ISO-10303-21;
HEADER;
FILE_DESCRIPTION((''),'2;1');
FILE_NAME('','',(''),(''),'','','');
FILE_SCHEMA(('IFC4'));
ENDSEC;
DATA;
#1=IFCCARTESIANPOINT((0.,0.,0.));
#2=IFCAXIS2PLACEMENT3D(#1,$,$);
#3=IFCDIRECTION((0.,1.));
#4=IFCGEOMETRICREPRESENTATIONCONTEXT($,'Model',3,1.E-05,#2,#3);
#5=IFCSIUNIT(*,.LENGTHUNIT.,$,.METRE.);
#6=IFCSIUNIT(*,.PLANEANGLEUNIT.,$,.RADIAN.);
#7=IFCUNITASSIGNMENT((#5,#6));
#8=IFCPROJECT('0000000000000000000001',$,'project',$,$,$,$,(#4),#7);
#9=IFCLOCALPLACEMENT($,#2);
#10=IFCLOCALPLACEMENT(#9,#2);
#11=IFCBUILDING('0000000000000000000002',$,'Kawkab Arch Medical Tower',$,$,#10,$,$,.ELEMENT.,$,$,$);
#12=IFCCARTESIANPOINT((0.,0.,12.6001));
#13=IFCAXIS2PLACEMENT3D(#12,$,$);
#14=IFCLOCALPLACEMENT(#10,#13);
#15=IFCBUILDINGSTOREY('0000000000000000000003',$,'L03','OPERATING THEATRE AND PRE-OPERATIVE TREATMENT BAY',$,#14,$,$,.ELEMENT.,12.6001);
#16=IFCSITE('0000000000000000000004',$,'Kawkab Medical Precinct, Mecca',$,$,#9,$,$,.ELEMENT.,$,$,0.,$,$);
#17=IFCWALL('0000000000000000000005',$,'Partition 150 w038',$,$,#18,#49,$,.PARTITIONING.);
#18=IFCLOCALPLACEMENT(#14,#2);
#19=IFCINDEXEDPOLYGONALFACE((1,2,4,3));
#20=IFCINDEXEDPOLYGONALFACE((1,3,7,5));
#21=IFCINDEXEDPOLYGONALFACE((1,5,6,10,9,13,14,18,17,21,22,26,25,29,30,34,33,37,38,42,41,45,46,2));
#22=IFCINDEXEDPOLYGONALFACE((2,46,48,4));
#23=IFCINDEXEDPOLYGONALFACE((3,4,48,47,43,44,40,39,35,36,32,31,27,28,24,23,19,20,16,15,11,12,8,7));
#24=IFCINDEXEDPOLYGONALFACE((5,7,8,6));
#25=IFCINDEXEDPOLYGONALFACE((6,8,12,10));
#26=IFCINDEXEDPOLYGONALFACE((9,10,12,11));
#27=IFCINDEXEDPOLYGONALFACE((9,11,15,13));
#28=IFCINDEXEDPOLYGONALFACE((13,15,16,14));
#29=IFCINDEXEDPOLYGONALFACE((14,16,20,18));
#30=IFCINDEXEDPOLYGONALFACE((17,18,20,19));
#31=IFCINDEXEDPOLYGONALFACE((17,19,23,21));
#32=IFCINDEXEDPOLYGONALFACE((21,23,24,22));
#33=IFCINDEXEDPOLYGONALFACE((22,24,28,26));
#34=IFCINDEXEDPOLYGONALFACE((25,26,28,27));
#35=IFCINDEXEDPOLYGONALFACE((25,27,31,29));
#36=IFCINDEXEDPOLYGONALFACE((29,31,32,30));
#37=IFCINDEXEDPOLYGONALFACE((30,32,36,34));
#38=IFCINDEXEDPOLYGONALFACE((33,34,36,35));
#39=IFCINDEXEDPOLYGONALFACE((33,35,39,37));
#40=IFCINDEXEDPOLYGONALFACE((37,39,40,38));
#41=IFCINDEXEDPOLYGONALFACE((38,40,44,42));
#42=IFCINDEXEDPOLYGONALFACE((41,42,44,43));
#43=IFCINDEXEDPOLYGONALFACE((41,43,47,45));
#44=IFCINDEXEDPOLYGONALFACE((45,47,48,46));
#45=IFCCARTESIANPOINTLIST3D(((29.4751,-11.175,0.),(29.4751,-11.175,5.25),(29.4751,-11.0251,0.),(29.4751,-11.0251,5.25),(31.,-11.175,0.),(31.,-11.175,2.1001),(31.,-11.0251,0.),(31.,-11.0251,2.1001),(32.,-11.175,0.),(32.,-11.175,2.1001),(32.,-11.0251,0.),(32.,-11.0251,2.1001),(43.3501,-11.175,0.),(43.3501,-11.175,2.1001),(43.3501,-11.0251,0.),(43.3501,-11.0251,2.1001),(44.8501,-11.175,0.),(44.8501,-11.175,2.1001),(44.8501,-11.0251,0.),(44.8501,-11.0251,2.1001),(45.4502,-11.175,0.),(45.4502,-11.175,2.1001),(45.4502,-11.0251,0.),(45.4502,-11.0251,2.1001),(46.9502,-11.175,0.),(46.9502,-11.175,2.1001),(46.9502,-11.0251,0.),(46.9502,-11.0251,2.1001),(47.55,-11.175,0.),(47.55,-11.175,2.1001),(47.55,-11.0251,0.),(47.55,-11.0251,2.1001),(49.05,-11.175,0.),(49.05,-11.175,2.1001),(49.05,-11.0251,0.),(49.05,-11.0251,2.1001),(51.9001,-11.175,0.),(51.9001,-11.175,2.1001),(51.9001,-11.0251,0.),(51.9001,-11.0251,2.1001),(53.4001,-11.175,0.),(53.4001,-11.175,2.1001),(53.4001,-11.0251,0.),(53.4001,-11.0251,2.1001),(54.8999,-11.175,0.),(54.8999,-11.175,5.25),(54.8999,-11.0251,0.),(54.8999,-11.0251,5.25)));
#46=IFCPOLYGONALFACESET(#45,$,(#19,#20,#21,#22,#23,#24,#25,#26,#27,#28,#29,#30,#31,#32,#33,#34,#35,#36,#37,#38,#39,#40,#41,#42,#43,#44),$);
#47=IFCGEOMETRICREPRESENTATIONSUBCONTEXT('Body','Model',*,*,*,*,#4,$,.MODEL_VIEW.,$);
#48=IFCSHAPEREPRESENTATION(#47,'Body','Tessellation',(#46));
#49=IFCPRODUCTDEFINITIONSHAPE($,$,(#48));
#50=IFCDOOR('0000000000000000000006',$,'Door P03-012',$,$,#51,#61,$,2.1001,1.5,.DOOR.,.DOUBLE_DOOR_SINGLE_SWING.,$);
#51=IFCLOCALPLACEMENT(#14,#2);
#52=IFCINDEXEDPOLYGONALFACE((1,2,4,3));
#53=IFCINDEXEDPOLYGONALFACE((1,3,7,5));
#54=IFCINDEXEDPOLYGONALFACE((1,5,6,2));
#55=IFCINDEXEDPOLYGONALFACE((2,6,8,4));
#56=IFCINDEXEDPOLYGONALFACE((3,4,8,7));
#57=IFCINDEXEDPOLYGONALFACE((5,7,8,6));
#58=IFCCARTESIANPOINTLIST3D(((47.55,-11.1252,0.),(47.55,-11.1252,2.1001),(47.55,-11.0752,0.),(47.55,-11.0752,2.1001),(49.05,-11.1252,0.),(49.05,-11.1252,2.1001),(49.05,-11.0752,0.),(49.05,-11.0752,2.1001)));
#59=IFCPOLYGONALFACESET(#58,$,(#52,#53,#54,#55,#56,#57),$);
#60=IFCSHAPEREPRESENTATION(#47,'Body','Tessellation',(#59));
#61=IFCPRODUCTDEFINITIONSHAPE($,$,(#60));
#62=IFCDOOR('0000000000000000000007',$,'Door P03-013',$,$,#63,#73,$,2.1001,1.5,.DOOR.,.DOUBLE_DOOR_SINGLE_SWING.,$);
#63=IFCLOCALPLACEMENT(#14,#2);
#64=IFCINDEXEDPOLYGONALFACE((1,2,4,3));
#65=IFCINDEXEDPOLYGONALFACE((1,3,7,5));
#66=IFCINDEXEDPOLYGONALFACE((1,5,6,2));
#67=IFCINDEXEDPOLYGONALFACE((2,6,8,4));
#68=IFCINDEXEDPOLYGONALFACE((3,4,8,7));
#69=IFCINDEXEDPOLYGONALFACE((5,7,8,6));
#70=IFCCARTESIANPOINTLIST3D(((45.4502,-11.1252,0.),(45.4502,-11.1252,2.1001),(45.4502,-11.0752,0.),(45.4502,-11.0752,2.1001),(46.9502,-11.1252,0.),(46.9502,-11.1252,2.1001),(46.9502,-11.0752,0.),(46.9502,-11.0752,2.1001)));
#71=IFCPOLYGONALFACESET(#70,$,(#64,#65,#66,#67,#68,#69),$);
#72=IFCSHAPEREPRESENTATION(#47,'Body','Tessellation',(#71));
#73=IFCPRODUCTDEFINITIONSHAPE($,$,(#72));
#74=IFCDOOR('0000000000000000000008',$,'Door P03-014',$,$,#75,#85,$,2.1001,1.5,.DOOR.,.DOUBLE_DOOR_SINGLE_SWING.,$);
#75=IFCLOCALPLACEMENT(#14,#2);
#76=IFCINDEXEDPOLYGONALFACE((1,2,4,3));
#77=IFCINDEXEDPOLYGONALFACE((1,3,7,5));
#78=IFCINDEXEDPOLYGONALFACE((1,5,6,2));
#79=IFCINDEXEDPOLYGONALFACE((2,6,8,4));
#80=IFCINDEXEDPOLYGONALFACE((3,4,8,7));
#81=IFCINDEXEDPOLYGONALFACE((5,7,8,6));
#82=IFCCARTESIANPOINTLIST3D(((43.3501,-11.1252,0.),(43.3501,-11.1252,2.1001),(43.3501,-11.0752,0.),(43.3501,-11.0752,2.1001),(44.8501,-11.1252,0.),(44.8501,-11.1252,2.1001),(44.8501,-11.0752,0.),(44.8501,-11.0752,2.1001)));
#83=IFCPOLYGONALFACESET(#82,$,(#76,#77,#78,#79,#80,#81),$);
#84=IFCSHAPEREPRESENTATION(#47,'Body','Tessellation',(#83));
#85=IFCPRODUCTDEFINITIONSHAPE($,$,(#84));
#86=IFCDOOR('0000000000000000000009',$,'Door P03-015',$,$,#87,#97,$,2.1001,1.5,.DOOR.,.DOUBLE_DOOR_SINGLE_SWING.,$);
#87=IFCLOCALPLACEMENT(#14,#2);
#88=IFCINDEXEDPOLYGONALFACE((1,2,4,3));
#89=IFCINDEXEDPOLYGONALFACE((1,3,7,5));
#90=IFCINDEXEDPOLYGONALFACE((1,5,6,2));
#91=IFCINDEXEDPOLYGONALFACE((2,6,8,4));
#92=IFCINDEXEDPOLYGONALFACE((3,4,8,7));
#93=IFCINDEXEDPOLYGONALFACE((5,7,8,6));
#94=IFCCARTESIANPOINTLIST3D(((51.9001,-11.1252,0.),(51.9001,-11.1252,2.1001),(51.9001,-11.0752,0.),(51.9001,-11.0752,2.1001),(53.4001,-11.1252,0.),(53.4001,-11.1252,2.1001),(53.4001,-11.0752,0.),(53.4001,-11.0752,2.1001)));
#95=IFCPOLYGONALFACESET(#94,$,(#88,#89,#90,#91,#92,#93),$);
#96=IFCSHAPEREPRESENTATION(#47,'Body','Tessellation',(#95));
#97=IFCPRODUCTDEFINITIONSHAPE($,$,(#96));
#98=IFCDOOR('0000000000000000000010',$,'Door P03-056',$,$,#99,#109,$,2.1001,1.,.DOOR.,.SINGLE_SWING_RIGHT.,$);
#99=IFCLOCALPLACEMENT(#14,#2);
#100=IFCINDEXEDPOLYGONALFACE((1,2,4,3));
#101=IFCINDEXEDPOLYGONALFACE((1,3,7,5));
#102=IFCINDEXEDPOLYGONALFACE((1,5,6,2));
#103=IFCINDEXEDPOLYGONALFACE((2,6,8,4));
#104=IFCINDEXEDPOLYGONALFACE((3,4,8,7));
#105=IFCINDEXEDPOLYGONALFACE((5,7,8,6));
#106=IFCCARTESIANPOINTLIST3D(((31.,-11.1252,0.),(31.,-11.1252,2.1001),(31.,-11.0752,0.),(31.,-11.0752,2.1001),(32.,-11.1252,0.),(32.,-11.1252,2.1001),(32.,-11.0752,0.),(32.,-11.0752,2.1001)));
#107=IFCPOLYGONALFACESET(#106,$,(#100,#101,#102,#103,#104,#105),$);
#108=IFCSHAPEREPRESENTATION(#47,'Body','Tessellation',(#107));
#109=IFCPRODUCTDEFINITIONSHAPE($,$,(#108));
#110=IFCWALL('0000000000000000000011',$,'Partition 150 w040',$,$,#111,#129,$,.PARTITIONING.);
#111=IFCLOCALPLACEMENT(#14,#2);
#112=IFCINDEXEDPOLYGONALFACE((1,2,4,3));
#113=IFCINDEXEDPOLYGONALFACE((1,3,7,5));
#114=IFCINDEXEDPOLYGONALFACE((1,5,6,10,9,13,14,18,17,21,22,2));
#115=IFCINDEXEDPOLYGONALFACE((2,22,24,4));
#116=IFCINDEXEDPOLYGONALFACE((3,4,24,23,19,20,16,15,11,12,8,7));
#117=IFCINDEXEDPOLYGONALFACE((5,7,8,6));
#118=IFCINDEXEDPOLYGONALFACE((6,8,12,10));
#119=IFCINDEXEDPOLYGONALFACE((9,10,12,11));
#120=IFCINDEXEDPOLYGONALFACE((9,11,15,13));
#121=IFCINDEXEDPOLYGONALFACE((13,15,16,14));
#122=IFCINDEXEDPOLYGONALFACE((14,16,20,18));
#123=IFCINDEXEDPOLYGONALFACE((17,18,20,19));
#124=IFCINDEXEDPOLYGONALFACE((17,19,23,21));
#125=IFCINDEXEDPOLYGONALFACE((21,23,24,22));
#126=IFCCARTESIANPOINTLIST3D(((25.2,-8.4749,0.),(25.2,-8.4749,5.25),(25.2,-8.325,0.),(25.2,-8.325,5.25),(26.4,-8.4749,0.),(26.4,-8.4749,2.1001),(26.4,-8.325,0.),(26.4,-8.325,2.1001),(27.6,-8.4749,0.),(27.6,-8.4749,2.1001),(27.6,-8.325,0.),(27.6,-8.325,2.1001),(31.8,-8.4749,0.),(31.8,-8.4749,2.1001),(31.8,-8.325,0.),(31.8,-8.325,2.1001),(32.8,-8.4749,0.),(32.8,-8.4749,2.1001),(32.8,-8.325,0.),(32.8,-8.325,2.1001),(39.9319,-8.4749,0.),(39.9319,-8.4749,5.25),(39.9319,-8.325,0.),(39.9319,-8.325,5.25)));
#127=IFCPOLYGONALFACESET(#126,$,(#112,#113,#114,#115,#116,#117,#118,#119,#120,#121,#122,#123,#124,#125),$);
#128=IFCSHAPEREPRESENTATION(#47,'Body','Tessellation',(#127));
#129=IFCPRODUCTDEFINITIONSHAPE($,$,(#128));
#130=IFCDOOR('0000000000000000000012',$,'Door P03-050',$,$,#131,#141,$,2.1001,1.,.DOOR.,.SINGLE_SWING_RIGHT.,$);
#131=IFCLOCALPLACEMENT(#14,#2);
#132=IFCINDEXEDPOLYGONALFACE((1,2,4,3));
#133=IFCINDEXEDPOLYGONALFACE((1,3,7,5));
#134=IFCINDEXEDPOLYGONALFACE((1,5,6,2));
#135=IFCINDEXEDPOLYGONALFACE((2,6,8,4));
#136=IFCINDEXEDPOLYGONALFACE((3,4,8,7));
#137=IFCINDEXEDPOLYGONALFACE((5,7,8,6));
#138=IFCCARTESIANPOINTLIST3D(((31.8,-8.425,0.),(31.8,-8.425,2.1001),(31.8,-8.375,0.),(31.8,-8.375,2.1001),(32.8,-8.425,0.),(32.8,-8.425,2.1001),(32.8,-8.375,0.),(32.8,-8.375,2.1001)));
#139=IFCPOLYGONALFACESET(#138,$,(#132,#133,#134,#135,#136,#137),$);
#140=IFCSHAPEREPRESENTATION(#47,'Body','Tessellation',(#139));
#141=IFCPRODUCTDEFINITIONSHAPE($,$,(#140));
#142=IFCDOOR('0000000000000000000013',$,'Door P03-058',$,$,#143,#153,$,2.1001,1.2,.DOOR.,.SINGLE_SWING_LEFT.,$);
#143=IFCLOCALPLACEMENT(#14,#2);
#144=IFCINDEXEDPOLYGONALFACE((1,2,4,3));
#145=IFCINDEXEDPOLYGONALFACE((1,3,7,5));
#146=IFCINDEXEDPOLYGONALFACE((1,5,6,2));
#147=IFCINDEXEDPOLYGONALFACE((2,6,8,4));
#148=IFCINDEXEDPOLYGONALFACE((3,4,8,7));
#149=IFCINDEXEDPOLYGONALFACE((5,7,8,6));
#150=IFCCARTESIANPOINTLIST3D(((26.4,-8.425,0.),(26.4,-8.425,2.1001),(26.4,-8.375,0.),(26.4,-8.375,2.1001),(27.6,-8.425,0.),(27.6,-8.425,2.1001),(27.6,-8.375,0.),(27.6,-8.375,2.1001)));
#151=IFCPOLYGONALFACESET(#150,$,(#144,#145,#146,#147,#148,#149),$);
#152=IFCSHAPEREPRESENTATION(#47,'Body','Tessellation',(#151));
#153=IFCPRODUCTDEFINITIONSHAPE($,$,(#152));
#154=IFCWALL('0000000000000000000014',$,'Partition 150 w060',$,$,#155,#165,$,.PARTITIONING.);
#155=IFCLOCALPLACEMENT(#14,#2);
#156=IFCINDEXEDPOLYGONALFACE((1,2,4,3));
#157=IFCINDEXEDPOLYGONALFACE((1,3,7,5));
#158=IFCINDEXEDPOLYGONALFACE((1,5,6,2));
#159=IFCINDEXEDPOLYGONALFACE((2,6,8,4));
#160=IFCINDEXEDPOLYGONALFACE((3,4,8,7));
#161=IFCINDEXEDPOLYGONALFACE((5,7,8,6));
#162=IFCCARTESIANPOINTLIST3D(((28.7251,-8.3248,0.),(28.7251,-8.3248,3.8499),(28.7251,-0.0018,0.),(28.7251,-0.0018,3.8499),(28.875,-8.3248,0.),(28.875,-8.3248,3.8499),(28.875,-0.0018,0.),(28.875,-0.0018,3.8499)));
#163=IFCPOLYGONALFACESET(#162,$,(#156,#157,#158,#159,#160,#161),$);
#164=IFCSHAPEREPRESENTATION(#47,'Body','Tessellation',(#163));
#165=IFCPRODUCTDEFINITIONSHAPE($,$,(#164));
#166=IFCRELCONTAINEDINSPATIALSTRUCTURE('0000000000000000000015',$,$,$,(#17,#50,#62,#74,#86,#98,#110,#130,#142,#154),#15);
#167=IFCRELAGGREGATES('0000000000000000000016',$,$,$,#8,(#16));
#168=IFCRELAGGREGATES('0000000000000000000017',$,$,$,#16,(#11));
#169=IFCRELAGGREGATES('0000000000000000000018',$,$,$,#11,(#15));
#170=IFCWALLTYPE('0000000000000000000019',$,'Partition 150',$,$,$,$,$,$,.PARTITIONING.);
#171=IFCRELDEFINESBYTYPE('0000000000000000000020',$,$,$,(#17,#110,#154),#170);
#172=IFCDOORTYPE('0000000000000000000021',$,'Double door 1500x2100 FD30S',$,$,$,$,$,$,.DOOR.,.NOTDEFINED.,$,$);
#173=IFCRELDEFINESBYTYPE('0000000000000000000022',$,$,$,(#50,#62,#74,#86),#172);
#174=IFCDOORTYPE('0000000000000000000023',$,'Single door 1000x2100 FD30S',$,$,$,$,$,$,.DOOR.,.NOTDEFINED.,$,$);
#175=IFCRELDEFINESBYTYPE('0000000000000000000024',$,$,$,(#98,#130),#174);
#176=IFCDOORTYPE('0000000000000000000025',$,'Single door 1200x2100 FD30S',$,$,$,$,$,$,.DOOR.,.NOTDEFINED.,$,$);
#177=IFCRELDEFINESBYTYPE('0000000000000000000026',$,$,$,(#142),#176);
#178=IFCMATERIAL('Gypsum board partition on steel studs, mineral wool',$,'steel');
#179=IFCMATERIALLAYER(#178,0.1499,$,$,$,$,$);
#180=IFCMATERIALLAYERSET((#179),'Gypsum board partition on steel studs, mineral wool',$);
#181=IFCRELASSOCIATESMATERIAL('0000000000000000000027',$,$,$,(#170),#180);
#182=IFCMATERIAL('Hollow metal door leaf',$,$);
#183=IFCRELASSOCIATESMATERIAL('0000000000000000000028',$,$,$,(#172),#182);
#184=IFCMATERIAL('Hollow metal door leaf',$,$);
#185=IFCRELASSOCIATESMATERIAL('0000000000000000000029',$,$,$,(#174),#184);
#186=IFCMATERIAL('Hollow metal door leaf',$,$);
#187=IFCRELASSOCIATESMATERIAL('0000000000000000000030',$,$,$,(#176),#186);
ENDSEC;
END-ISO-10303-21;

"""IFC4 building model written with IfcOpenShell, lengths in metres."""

from ifc_helpers import new_model, si_unit, direction, frame, frame_2d, origin, place, context, subcontext, project, spatial, rectangle, extrude, material, layer, layer_set, type_object, element, fill, save


model = new_model("IFC4")

# Units and contexts
model_context = context("Model", 3, precision=1e-05, world=origin(), true_north=direction((0.0, 1.0)))
body_context = subcontext(model_context, "Body", "Model", "MODEL_VIEW")
ifc_project = project(units=[si_unit("LENGTHUNIT", "METRE"), si_unit("PLANEANGLEUNIT", "RADIAN")], contexts=[model_context])

# Site, building, storey
site_placement = place(None, origin())
site = spatial("IfcSite", under=ifc_project, at=site_placement, Name="Kawkab Medical Precinct, Mecca", CompositionType="ELEMENT", RefElevation=0.0)
building_placement = place(site_placement, origin())
building = spatial("IfcBuilding", under=site, at=building_placement, Name="Kawkab Arch Medical Tower", CompositionType="ELEMENT")
storey_placement = place(building_placement, frame((0.0, 0.0, 12.6001)))
storey = spatial("IfcBuildingStorey", under=building, at=storey_placement, Name="L03", Description="OPERATING THEATRE AND PRE-OPERATIVE TREATMENT BAY", CompositionType="ELEMENT", Elevation=12.6001)

# Walls, openings, doors
ifc_material_1 = material(Name="Gypsum board partition on steel studs, mineral wool", Category="steel")
ifc_layer_1 = layer(ifc_material_1, 0.1499)
ifc_layer_set_1 = layer_set([ifc_layer_1], Name="Gypsum board partition on steel studs, mineral wool")
wall_type_1 = type_object("IfcWallType", Name="Partition 150", PredefinedType="PARTITIONING", material=ifc_layer_set_1)
wall_1_placement = place(storey_placement, frame((29.4751, -11.1001, 0.0), z_axis=(0.0, 0.0, 1.0), x_axis=(1.0, 0.0, 0.0)))
wall_1 = element("IfcWall", 1, at=wall_1_placement, inside=storey, type_object=wall_type_1, Name="Partition 150 w038", PredefinedType="PARTITIONING", context=body_context, shape_type="SweptSolid", body=[
    extrude(rectangle(XDim=25.4248, YDim=0.1499, at=frame_2d((12.7124, 0.0))), origin(), (0.0, 0.0, 1.0), 5.25),
])
opening_1_placement = place(wall_1_placement, frame((18.075, 0.0, 0.0)))
opening_1 = element("IfcOpeningElement", 2, at=opening_1_placement, cuts=wall_1, PredefinedType="OPENING", context=body_context, shape_type="SweptSolid", body=[
    extrude(rectangle(XDim=1.5, YDim=2.1001, at=frame_2d((0.75, 1.05))), frame((0.0, 0.085, 0.0), z_axis=(0.0, -1.0, 0.0), x_axis=(1.0, 0.0, 0.0)), (0.0, 0.0, 1.0), 0.1699),
])
opening_2_placement = place(wall_1_placement, frame((15.9751, 0.0, 0.0)))
opening_2 = element("IfcOpeningElement", 3, at=opening_2_placement, cuts=wall_1, PredefinedType="OPENING", context=body_context, shape_type="SweptSolid", body=[
    extrude(rectangle(XDim=1.5, YDim=2.1001, at=frame_2d((0.75, 1.05))), frame((0.0, 0.085, 0.0), z_axis=(0.0, -1.0, 0.0), x_axis=(1.0, 0.0, 0.0)), (0.0, 0.0, 1.0), 0.1699),
])
opening_3_placement = place(wall_1_placement, frame((13.875, 0.0, 0.0)))
opening_3 = element("IfcOpeningElement", 4, at=opening_3_placement, cuts=wall_1, PredefinedType="OPENING", context=body_context, shape_type="SweptSolid", body=[
    extrude(rectangle(XDim=1.5, YDim=2.1001, at=frame_2d((0.75, 1.05))), frame((0.0, 0.085, 0.0), z_axis=(0.0, -1.0, 0.0), x_axis=(1.0, 0.0, 0.0)), (0.0, 0.0, 1.0), 0.1699),
])
opening_4_placement = place(wall_1_placement, frame((22.425, 0.0, 0.0)))
opening_4 = element("IfcOpeningElement", 5, at=opening_4_placement, cuts=wall_1, PredefinedType="OPENING", context=body_context, shape_type="SweptSolid", body=[
    extrude(rectangle(XDim=1.5, YDim=2.1001, at=frame_2d((0.75, 1.05))), frame((0.0, 0.085, 0.0), z_axis=(0.0, -1.0, 0.0), x_axis=(1.0, 0.0, 0.0)), (0.0, 0.0, 1.0), 0.1699),
])
opening_5_placement = place(wall_1_placement, frame((1.5249, 0.0, 0.0)))
opening_5 = element("IfcOpeningElement", 6, at=opening_5_placement, cuts=wall_1, PredefinedType="OPENING", context=body_context, shape_type="SweptSolid", body=[
    extrude(rectangle(XDim=1.0, YDim=2.1001, at=frame_2d((0.5, 1.05))), frame((0.0, 0.085, 0.0), z_axis=(0.0, -1.0, 0.0), x_axis=(1.0, 0.0, 0.0)), (0.0, 0.0, 1.0), 0.1699),
])
ifc_material_2 = material(Name="Hollow metal door leaf")
door_type_1 = type_object("IfcDoorType", Name="Double door 1500x2100 FD30S", OperationType="NOTDEFINED", PredefinedType="DOOR", material=ifc_material_2)
door_1_placement = place(opening_1_placement, origin())
door_1 = element("IfcDoor", 7, at=door_1_placement, inside=storey, type_object=door_type_1, Name="Door P03-012", OperationType="DOUBLE_DOOR_SINGLE_SWING", OverallHeight=2.1001, OverallWidth=1.5, PredefinedType="DOOR", context=body_context, shape_type="SweptSolid", body=[
    extrude(rectangle(XDim=1.5, YDim=2.1001, at=frame_2d((0.75, 1.05))), frame((0.0, 0.0249, 0.0), z_axis=(0.0, -1.0, 0.0), x_axis=(1.0, 0.0, 0.0)), (0.0, 0.0, 1.0), 0.05),
])
fill(opening_1, door_1)
door_2_placement = place(opening_2_placement, origin())
door_2 = element("IfcDoor", 8, at=door_2_placement, inside=storey, type_object=door_type_1, Name="Door P03-013", OperationType="DOUBLE_DOOR_SINGLE_SWING", OverallHeight=2.1001, OverallWidth=1.5, PredefinedType="DOOR", context=body_context, shape_type="SweptSolid", body=[
    extrude(rectangle(XDim=1.5, YDim=2.1001, at=frame_2d((0.75, 1.05))), frame((0.0, 0.0249, 0.0), z_axis=(0.0, -1.0, 0.0), x_axis=(1.0, 0.0, 0.0)), (0.0, 0.0, 1.0), 0.05),
])
fill(opening_2, door_2)
door_3_placement = place(opening_3_placement, origin())
door_3 = element("IfcDoor", 9, at=door_3_placement, inside=storey, type_object=door_type_1, Name="Door P03-014", OperationType="DOUBLE_DOOR_SINGLE_SWING", OverallHeight=2.1001, OverallWidth=1.5, PredefinedType="DOOR", context=body_context, shape_type="SweptSolid", body=[
    extrude(rectangle(XDim=1.5, YDim=2.1001, at=frame_2d((0.75, 1.05))), frame((0.0, 0.0249, 0.0), z_axis=(0.0, -1.0, 0.0), x_axis=(1.0, 0.0, 0.0)), (0.0, 0.0, 1.0), 0.05),
])
fill(opening_3, door_3)
door_4_placement = place(opening_4_placement, origin())
door_4 = element("IfcDoor", 10, at=door_4_placement, inside=storey, type_object=door_type_1, Name="Door P03-015", OperationType="DOUBLE_DOOR_SINGLE_SWING", OverallHeight=2.1001, OverallWidth=1.5, PredefinedType="DOOR", context=body_context, shape_type="SweptSolid", body=[
    extrude(rectangle(XDim=1.5, YDim=2.1001, at=frame_2d((0.75, 1.05))), frame((0.0, 0.0249, 0.0), z_axis=(0.0, -1.0, 0.0), x_axis=(1.0, 0.0, 0.0)), (0.0, 0.0, 1.0), 0.05),
])
fill(opening_4, door_4)
ifc_material_3 = material(Name="Hollow metal door leaf")
door_type_2 = type_object("IfcDoorType", Name="Single door 1000x2100 FD30S", OperationType="NOTDEFINED", PredefinedType="DOOR", material=ifc_material_3)
door_5_placement = place(opening_5_placement, origin())
door_5 = element("IfcDoor", 11, at=door_5_placement, inside=storey, type_object=door_type_2, Name="Door P03-056", OperationType="SINGLE_SWING_RIGHT", OverallHeight=2.1001, OverallWidth=1.0, PredefinedType="DOOR", context=body_context, shape_type="SweptSolid", body=[
    extrude(rectangle(XDim=1.0, YDim=2.1001, at=frame_2d((0.5, 1.05))), frame((0.0, 0.0249, 0.0), z_axis=(0.0, -1.0, 0.0), x_axis=(1.0, 0.0, 0.0)), (0.0, 0.0, 1.0), 0.05),
])
fill(opening_5, door_5)
wall_2_placement = place(storey_placement, frame((25.2, -8.3999, 0.0), z_axis=(0.0, 0.0, 1.0), x_axis=(1.0, 0.0, 0.0)))
wall_2 = element("IfcWall", 12, at=wall_2_placement, inside=storey, type_object=wall_type_1, Name="Partition 150 w040", PredefinedType="PARTITIONING", context=body_context, shape_type="SweptSolid", body=[
    extrude(rectangle(XDim=14.7319, YDim=0.1499, at=frame_2d((7.366, 0.0))), origin(), (0.0, 0.0, 1.0), 5.25),
])
opening_6_placement = place(wall_2_placement, frame((1.2, 0.0, 0.0)))
opening_6 = element("IfcOpeningElement", 13, at=opening_6_placement, cuts=wall_2, PredefinedType="OPENING", context=body_context, shape_type="SweptSolid", body=[
    extrude(rectangle(XDim=1.2, YDim=2.1001, at=frame_2d((0.6001, 1.05))), frame((0.0, 0.085, 0.0), z_axis=(0.0, -1.0, 0.0), x_axis=(1.0, 0.0, 0.0)), (0.0, 0.0, 1.0), 0.1699),
])
opening_7_placement = place(wall_2_placement, frame((6.6001, 0.0, 0.0)))
opening_7 = element("IfcOpeningElement", 14, at=opening_7_placement, cuts=wall_2, PredefinedType="OPENING", context=body_context, shape_type="SweptSolid", body=[
    extrude(rectangle(XDim=1.0, YDim=2.1001, at=frame_2d((0.5, 1.05))), frame((0.0, 0.085, 0.0), z_axis=(0.0, -1.0, 0.0), x_axis=(1.0, 0.0, 0.0)), (0.0, 0.0, 1.0), 0.1699),
])
door_6_placement = place(opening_7_placement, origin())
door_6 = element("IfcDoor", 15, at=door_6_placement, inside=storey, type_object=door_type_2, Name="Door P03-050", OperationType="SINGLE_SWING_RIGHT", OverallHeight=2.1001, OverallWidth=1.0, PredefinedType="DOOR", context=body_context, shape_type="SweptSolid", body=[
    extrude(rectangle(XDim=1.0, YDim=2.1001, at=frame_2d((0.5, 1.05))), frame((0.0, 0.0249, 0.0), z_axis=(0.0, -1.0, 0.0), x_axis=(1.0, 0.0, 0.0)), (0.0, 0.0, 1.0), 0.05),
])
fill(opening_7, door_6)
ifc_material_4 = material(Name="Hollow metal door leaf")
door_type_3 = type_object("IfcDoorType", Name="Single door 1200x2100 FD30S", OperationType="NOTDEFINED", PredefinedType="DOOR", material=ifc_material_4)
door_7_placement = place(opening_6_placement, origin())
door_7 = element("IfcDoor", 16, at=door_7_placement, inside=storey, type_object=door_type_3, Name="Door P03-058", OperationType="SINGLE_SWING_LEFT", OverallHeight=2.1001, OverallWidth=1.2, PredefinedType="DOOR", context=body_context, shape_type="SweptSolid", body=[
    extrude(rectangle(XDim=1.2, YDim=2.1001, at=frame_2d((0.6001, 1.05))), frame((0.0, 0.0249, 0.0), z_axis=(0.0, -1.0, 0.0), x_axis=(1.0, 0.0, 0.0)), (0.0, 0.0, 1.0), 0.05),
])
fill(opening_6, door_7)

# Wall
wall_3_placement = place(storey_placement, frame((28.8, -8.325, 0.0), z_axis=(0.0, 0.0, 1.0), x_axis=(0.0, 1.0, 0.0)))
element("IfcWall", 17, at=wall_3_placement, inside=storey, type_object=wall_type_1, Name="Partition 150 w060", PredefinedType="PARTITIONING", context=body_context, shape_type="SweptSolid", body=[
    extrude(rectangle(XDim=8.323, YDim=0.1499, at=frame_2d((4.1616, 0.0))), origin(), (0.0, 0.0, 1.0), 3.8499),
])

save(model, "model.ifc")
